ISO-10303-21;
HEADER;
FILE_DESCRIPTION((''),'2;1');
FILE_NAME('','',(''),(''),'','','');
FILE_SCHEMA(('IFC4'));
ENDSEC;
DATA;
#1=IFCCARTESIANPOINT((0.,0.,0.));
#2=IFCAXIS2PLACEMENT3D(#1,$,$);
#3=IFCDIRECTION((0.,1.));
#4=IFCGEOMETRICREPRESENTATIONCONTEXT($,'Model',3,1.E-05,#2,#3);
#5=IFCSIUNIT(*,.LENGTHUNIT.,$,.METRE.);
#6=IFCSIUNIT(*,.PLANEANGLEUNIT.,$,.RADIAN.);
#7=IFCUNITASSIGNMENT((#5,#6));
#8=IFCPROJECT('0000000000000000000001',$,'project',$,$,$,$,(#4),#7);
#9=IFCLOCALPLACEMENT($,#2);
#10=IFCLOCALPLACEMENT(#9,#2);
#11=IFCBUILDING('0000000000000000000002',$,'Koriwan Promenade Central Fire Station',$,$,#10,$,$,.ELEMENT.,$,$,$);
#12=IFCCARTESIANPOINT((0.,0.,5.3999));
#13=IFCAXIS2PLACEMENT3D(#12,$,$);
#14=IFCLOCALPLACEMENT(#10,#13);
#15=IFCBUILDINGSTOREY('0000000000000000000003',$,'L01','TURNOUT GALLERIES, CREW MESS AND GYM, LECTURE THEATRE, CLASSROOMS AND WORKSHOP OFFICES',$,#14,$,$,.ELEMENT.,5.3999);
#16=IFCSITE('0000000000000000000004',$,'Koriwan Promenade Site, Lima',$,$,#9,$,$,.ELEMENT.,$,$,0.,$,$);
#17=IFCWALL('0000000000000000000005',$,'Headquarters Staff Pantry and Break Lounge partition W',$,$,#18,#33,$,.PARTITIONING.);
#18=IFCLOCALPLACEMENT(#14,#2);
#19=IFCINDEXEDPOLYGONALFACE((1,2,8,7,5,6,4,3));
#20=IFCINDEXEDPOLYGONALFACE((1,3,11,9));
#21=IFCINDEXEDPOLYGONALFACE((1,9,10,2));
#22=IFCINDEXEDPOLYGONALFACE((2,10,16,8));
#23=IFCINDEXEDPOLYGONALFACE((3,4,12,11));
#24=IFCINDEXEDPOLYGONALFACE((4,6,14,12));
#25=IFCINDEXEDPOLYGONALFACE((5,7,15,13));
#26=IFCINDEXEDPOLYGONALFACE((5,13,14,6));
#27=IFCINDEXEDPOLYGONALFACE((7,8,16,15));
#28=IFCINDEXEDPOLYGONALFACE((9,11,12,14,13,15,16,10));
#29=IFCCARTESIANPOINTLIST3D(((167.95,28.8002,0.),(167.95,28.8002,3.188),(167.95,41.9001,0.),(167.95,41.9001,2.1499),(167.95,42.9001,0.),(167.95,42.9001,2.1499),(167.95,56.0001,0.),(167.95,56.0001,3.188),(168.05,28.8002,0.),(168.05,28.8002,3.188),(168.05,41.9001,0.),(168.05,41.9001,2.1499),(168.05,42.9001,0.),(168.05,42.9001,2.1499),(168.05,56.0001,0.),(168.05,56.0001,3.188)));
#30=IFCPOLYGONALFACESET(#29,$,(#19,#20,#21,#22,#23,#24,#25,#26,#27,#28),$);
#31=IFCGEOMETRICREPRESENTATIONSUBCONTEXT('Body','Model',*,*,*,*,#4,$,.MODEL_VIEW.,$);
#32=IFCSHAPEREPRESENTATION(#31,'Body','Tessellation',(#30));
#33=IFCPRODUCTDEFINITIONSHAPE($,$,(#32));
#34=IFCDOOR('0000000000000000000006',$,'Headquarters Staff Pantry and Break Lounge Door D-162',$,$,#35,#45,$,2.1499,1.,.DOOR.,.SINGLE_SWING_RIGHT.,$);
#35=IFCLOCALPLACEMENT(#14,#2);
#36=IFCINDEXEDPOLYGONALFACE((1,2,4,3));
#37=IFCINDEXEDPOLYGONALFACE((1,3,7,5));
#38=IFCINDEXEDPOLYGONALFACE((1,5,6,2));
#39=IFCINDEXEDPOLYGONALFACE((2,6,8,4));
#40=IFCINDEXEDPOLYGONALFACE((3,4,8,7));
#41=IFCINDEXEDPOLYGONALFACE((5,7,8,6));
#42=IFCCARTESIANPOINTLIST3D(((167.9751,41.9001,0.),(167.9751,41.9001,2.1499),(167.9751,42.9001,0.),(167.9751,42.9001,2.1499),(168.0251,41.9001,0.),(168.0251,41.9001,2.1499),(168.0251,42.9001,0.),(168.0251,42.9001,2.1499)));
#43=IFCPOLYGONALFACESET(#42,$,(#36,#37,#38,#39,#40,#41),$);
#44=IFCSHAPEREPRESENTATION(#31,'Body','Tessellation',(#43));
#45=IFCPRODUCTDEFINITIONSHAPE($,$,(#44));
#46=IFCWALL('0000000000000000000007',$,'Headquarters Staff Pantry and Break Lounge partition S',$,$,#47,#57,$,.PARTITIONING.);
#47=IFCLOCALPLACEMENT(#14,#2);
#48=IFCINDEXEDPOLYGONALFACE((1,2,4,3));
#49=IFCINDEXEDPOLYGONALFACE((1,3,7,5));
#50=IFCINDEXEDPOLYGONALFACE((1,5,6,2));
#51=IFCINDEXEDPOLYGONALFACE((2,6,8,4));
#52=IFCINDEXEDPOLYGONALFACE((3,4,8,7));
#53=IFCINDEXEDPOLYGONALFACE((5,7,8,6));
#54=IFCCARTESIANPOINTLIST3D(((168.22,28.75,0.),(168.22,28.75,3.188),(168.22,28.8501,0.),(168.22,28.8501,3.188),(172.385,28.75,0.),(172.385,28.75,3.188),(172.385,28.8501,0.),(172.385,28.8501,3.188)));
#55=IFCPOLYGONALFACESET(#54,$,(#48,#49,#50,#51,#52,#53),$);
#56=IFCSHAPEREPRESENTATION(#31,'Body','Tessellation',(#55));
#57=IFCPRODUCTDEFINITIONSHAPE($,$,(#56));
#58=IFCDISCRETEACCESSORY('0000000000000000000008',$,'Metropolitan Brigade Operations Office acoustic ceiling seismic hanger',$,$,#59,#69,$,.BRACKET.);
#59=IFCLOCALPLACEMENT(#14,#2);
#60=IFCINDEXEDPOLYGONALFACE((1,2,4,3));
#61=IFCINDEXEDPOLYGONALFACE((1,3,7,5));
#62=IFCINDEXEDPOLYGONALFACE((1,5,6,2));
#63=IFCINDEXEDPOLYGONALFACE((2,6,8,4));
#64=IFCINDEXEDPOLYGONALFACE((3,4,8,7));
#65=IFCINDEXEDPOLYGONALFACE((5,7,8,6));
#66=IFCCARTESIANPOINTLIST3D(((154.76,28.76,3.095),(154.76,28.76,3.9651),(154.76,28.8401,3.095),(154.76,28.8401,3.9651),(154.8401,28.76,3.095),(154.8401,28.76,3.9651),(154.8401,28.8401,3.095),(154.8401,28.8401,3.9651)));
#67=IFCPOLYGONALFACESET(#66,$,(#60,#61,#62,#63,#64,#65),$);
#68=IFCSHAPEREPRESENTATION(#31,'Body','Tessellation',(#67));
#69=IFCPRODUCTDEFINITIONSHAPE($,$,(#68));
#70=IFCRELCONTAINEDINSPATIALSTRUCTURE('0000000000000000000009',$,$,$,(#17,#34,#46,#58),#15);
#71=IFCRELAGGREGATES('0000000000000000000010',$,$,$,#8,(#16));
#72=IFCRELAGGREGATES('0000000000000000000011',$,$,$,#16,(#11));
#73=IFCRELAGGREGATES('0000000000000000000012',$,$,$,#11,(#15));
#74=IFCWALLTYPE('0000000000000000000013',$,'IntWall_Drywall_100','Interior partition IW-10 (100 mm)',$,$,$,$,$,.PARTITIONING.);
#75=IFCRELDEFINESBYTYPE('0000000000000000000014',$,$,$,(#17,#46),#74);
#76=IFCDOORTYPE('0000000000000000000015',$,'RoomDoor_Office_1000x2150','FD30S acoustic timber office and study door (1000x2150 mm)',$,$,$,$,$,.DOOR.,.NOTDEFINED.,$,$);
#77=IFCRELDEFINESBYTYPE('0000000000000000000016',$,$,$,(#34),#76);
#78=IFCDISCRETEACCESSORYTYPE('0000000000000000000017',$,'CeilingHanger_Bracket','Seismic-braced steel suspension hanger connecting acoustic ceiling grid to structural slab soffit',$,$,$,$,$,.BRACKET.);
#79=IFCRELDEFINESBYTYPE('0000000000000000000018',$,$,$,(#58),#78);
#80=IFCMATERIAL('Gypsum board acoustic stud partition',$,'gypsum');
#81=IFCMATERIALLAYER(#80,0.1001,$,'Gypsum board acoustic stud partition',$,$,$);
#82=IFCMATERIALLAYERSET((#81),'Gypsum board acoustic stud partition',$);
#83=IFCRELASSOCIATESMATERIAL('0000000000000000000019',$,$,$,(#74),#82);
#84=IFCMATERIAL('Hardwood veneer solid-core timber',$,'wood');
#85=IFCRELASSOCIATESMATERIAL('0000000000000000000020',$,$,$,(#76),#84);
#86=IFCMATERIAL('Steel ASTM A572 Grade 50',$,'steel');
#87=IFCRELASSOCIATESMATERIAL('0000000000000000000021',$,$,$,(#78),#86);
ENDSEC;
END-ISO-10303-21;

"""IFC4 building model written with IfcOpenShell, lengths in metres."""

from ifc_helpers import new_model, si_unit, direction, frame, frame_2d, origin, origin_2d, place, context, subcontext, project, spatial, rectangle, extrude, material, layer, layer_set, type_object, element, fill, save


model = new_model("IFC4")

# Units and contexts
model_context = context("Model", 3, precision=1e-05, world=origin(), true_north=direction((0.0, 1.0)))
body_context = subcontext(model_context, "Body", "Model", "MODEL_VIEW")
ifc_project = project(units=[si_unit("LENGTHUNIT", "METRE"), si_unit("PLANEANGLEUNIT", "RADIAN")], contexts=[model_context])

# Site, building, storey
site_placement = place(None, origin())
site = spatial("IfcSite", under=ifc_project, at=site_placement, Name="Koriwan Promenade Site, Lima", CompositionType="ELEMENT", RefElevation=0.0)
building_placement = place(site_placement, origin())
building = spatial("IfcBuilding", under=site, at=building_placement, Name="Koriwan Promenade Central Fire Station", CompositionType="ELEMENT")
storey_placement = place(building_placement, frame((0.0, 0.0, 5.3999)))
storey = spatial("IfcBuildingStorey", under=building, at=storey_placement, Name="L01", Description="TURNOUT GALLERIES, CREW MESS AND GYM, LECTURE THEATRE, CLASSROOMS AND WORKSHOP OFFICES", CompositionType="ELEMENT", Elevation=5.3999)

# Shared definitions
ifc_material_1 = material(Name="Gypsum board acoustic stud partition", Category="gypsum")
ifc_layer_1 = layer(ifc_material_1, 0.1001, Name="Gypsum board acoustic stud partition")
ifc_layer_set_1 = layer_set([ifc_layer_1], Name="Gypsum board acoustic stud partition")
wall_type = type_object("IfcWallType", Name="IntWall_Drywall_100", Description="Interior partition IW-10 (100 mm)", PredefinedType="PARTITIONING", material=ifc_layer_set_1)

# Wall, opening, door
wall_1_placement = place(storey_placement, frame((168.0, 28.8, 0.0), z_axis=(0.0, 0.0, 1.0), x_axis=(0.0, 1.0, 0.0)))
wall_1 = element("IfcWall", 1, at=wall_1_placement, inside=storey, type_object=wall_type, Name="Headquarters Staff Pantry and Break Lounge partition W", PredefinedType="PARTITIONING", context=body_context, shape_type="SweptSolid", body=[
    extrude(rectangle(XDim=27.2, YDim=0.1001, at=frame_2d((13.6001, 0.0))), origin(), (0.0, 0.0, 1.0), 3.188),
])
opening_placement = place(wall_1_placement, frame((13.1001, 0.0, 0.0)))
opening = element("IfcOpeningElement", 2, at=opening_placement, cuts=wall_1, PredefinedType="OPENING", context=body_context, shape_type="SweptSolid", body=[
    extrude(rectangle(XDim=1.0, YDim=2.1499, at=frame_2d((0.5, 1.075))), frame((0.0, 0.062, 0.0), z_axis=(0.0, -1.0, 0.0), x_axis=(1.0, 0.0, 0.0)), (0.0, 0.0, 1.0), 0.124),
])
ifc_material_2 = material(Name="Hardwood veneer solid-core timber", Category="wood")
door_type = type_object("IfcDoorType", Name="RoomDoor_Office_1000x2150", Description="FD30S acoustic timber office and study door (1000x2150 mm)", OperationType="NOTDEFINED", PredefinedType="DOOR", material=ifc_material_2)
door_placement = place(opening_placement, origin())
door = element("IfcDoor", 3, at=door_placement, inside=storey, type_object=door_type, Name="Headquarters Staff Pantry and Break Lounge Door D-162", OperationType="SINGLE_SWING_RIGHT", OverallHeight=2.1499, OverallWidth=1.0, PredefinedType="DOOR", context=body_context, shape_type="SweptSolid", body=[
    extrude(rectangle(XDim=1.0, YDim=2.1499, at=frame_2d((0.5, 1.075))), frame((0.0, 0.0249, 0.0), z_axis=(0.0, -1.0, 0.0), x_axis=(1.0, 0.0, 0.0)), (0.0, 0.0, 1.0), 0.05),
])
fill(opening, door)

# Wall
wall_2_placement = place(storey_placement, frame((168.22, 28.8, 0.0), z_axis=(0.0, 0.0, 1.0), x_axis=(1.0, 0.0, 0.0)))
element("IfcWall", 4, at=wall_2_placement, inside=storey, type_object=wall_type, Name="Headquarters Staff Pantry and Break Lounge partition S", PredefinedType="PARTITIONING", context=body_context, shape_type="SweptSolid", body=[
    extrude(rectangle(XDim=4.165, YDim=0.1001, at=frame_2d((2.0825, 0.0))), origin(), (0.0, 0.0, 1.0), 3.188),
])

# Discrete accessory
ifc_material_3 = material(Name="Steel ASTM A572 Grade 50", Category="steel")
discrete_accessory_type = type_object("IfcDiscreteAccessoryType", Name="CeilingHanger_Bracket", Description="Seismic-braced steel suspension hanger connecting acoustic ceiling grid to structural slab soffit", PredefinedType="BRACKET", material=ifc_material_3)
discrete_accessory_placement = place(storey_placement, frame((154.8, 28.8, 3.095), z_axis=(0.0, 0.0, 1.0), x_axis=(1.0, 0.0, 0.0)))
element("IfcDiscreteAccessory", 5, at=discrete_accessory_placement, inside=storey, type_object=discrete_accessory_type, Name="Metropolitan Brigade Operations Office acoustic ceiling seismic hanger", PredefinedType="BRACKET", context=body_context, shape_type="SweptSolid", body=[
    extrude(rectangle(XDim=0.0801, YDim=0.0801, at=origin_2d()), origin(), (0.0, 0.0, 1.0), 0.8701),
])

save(model, "model.ifc")
